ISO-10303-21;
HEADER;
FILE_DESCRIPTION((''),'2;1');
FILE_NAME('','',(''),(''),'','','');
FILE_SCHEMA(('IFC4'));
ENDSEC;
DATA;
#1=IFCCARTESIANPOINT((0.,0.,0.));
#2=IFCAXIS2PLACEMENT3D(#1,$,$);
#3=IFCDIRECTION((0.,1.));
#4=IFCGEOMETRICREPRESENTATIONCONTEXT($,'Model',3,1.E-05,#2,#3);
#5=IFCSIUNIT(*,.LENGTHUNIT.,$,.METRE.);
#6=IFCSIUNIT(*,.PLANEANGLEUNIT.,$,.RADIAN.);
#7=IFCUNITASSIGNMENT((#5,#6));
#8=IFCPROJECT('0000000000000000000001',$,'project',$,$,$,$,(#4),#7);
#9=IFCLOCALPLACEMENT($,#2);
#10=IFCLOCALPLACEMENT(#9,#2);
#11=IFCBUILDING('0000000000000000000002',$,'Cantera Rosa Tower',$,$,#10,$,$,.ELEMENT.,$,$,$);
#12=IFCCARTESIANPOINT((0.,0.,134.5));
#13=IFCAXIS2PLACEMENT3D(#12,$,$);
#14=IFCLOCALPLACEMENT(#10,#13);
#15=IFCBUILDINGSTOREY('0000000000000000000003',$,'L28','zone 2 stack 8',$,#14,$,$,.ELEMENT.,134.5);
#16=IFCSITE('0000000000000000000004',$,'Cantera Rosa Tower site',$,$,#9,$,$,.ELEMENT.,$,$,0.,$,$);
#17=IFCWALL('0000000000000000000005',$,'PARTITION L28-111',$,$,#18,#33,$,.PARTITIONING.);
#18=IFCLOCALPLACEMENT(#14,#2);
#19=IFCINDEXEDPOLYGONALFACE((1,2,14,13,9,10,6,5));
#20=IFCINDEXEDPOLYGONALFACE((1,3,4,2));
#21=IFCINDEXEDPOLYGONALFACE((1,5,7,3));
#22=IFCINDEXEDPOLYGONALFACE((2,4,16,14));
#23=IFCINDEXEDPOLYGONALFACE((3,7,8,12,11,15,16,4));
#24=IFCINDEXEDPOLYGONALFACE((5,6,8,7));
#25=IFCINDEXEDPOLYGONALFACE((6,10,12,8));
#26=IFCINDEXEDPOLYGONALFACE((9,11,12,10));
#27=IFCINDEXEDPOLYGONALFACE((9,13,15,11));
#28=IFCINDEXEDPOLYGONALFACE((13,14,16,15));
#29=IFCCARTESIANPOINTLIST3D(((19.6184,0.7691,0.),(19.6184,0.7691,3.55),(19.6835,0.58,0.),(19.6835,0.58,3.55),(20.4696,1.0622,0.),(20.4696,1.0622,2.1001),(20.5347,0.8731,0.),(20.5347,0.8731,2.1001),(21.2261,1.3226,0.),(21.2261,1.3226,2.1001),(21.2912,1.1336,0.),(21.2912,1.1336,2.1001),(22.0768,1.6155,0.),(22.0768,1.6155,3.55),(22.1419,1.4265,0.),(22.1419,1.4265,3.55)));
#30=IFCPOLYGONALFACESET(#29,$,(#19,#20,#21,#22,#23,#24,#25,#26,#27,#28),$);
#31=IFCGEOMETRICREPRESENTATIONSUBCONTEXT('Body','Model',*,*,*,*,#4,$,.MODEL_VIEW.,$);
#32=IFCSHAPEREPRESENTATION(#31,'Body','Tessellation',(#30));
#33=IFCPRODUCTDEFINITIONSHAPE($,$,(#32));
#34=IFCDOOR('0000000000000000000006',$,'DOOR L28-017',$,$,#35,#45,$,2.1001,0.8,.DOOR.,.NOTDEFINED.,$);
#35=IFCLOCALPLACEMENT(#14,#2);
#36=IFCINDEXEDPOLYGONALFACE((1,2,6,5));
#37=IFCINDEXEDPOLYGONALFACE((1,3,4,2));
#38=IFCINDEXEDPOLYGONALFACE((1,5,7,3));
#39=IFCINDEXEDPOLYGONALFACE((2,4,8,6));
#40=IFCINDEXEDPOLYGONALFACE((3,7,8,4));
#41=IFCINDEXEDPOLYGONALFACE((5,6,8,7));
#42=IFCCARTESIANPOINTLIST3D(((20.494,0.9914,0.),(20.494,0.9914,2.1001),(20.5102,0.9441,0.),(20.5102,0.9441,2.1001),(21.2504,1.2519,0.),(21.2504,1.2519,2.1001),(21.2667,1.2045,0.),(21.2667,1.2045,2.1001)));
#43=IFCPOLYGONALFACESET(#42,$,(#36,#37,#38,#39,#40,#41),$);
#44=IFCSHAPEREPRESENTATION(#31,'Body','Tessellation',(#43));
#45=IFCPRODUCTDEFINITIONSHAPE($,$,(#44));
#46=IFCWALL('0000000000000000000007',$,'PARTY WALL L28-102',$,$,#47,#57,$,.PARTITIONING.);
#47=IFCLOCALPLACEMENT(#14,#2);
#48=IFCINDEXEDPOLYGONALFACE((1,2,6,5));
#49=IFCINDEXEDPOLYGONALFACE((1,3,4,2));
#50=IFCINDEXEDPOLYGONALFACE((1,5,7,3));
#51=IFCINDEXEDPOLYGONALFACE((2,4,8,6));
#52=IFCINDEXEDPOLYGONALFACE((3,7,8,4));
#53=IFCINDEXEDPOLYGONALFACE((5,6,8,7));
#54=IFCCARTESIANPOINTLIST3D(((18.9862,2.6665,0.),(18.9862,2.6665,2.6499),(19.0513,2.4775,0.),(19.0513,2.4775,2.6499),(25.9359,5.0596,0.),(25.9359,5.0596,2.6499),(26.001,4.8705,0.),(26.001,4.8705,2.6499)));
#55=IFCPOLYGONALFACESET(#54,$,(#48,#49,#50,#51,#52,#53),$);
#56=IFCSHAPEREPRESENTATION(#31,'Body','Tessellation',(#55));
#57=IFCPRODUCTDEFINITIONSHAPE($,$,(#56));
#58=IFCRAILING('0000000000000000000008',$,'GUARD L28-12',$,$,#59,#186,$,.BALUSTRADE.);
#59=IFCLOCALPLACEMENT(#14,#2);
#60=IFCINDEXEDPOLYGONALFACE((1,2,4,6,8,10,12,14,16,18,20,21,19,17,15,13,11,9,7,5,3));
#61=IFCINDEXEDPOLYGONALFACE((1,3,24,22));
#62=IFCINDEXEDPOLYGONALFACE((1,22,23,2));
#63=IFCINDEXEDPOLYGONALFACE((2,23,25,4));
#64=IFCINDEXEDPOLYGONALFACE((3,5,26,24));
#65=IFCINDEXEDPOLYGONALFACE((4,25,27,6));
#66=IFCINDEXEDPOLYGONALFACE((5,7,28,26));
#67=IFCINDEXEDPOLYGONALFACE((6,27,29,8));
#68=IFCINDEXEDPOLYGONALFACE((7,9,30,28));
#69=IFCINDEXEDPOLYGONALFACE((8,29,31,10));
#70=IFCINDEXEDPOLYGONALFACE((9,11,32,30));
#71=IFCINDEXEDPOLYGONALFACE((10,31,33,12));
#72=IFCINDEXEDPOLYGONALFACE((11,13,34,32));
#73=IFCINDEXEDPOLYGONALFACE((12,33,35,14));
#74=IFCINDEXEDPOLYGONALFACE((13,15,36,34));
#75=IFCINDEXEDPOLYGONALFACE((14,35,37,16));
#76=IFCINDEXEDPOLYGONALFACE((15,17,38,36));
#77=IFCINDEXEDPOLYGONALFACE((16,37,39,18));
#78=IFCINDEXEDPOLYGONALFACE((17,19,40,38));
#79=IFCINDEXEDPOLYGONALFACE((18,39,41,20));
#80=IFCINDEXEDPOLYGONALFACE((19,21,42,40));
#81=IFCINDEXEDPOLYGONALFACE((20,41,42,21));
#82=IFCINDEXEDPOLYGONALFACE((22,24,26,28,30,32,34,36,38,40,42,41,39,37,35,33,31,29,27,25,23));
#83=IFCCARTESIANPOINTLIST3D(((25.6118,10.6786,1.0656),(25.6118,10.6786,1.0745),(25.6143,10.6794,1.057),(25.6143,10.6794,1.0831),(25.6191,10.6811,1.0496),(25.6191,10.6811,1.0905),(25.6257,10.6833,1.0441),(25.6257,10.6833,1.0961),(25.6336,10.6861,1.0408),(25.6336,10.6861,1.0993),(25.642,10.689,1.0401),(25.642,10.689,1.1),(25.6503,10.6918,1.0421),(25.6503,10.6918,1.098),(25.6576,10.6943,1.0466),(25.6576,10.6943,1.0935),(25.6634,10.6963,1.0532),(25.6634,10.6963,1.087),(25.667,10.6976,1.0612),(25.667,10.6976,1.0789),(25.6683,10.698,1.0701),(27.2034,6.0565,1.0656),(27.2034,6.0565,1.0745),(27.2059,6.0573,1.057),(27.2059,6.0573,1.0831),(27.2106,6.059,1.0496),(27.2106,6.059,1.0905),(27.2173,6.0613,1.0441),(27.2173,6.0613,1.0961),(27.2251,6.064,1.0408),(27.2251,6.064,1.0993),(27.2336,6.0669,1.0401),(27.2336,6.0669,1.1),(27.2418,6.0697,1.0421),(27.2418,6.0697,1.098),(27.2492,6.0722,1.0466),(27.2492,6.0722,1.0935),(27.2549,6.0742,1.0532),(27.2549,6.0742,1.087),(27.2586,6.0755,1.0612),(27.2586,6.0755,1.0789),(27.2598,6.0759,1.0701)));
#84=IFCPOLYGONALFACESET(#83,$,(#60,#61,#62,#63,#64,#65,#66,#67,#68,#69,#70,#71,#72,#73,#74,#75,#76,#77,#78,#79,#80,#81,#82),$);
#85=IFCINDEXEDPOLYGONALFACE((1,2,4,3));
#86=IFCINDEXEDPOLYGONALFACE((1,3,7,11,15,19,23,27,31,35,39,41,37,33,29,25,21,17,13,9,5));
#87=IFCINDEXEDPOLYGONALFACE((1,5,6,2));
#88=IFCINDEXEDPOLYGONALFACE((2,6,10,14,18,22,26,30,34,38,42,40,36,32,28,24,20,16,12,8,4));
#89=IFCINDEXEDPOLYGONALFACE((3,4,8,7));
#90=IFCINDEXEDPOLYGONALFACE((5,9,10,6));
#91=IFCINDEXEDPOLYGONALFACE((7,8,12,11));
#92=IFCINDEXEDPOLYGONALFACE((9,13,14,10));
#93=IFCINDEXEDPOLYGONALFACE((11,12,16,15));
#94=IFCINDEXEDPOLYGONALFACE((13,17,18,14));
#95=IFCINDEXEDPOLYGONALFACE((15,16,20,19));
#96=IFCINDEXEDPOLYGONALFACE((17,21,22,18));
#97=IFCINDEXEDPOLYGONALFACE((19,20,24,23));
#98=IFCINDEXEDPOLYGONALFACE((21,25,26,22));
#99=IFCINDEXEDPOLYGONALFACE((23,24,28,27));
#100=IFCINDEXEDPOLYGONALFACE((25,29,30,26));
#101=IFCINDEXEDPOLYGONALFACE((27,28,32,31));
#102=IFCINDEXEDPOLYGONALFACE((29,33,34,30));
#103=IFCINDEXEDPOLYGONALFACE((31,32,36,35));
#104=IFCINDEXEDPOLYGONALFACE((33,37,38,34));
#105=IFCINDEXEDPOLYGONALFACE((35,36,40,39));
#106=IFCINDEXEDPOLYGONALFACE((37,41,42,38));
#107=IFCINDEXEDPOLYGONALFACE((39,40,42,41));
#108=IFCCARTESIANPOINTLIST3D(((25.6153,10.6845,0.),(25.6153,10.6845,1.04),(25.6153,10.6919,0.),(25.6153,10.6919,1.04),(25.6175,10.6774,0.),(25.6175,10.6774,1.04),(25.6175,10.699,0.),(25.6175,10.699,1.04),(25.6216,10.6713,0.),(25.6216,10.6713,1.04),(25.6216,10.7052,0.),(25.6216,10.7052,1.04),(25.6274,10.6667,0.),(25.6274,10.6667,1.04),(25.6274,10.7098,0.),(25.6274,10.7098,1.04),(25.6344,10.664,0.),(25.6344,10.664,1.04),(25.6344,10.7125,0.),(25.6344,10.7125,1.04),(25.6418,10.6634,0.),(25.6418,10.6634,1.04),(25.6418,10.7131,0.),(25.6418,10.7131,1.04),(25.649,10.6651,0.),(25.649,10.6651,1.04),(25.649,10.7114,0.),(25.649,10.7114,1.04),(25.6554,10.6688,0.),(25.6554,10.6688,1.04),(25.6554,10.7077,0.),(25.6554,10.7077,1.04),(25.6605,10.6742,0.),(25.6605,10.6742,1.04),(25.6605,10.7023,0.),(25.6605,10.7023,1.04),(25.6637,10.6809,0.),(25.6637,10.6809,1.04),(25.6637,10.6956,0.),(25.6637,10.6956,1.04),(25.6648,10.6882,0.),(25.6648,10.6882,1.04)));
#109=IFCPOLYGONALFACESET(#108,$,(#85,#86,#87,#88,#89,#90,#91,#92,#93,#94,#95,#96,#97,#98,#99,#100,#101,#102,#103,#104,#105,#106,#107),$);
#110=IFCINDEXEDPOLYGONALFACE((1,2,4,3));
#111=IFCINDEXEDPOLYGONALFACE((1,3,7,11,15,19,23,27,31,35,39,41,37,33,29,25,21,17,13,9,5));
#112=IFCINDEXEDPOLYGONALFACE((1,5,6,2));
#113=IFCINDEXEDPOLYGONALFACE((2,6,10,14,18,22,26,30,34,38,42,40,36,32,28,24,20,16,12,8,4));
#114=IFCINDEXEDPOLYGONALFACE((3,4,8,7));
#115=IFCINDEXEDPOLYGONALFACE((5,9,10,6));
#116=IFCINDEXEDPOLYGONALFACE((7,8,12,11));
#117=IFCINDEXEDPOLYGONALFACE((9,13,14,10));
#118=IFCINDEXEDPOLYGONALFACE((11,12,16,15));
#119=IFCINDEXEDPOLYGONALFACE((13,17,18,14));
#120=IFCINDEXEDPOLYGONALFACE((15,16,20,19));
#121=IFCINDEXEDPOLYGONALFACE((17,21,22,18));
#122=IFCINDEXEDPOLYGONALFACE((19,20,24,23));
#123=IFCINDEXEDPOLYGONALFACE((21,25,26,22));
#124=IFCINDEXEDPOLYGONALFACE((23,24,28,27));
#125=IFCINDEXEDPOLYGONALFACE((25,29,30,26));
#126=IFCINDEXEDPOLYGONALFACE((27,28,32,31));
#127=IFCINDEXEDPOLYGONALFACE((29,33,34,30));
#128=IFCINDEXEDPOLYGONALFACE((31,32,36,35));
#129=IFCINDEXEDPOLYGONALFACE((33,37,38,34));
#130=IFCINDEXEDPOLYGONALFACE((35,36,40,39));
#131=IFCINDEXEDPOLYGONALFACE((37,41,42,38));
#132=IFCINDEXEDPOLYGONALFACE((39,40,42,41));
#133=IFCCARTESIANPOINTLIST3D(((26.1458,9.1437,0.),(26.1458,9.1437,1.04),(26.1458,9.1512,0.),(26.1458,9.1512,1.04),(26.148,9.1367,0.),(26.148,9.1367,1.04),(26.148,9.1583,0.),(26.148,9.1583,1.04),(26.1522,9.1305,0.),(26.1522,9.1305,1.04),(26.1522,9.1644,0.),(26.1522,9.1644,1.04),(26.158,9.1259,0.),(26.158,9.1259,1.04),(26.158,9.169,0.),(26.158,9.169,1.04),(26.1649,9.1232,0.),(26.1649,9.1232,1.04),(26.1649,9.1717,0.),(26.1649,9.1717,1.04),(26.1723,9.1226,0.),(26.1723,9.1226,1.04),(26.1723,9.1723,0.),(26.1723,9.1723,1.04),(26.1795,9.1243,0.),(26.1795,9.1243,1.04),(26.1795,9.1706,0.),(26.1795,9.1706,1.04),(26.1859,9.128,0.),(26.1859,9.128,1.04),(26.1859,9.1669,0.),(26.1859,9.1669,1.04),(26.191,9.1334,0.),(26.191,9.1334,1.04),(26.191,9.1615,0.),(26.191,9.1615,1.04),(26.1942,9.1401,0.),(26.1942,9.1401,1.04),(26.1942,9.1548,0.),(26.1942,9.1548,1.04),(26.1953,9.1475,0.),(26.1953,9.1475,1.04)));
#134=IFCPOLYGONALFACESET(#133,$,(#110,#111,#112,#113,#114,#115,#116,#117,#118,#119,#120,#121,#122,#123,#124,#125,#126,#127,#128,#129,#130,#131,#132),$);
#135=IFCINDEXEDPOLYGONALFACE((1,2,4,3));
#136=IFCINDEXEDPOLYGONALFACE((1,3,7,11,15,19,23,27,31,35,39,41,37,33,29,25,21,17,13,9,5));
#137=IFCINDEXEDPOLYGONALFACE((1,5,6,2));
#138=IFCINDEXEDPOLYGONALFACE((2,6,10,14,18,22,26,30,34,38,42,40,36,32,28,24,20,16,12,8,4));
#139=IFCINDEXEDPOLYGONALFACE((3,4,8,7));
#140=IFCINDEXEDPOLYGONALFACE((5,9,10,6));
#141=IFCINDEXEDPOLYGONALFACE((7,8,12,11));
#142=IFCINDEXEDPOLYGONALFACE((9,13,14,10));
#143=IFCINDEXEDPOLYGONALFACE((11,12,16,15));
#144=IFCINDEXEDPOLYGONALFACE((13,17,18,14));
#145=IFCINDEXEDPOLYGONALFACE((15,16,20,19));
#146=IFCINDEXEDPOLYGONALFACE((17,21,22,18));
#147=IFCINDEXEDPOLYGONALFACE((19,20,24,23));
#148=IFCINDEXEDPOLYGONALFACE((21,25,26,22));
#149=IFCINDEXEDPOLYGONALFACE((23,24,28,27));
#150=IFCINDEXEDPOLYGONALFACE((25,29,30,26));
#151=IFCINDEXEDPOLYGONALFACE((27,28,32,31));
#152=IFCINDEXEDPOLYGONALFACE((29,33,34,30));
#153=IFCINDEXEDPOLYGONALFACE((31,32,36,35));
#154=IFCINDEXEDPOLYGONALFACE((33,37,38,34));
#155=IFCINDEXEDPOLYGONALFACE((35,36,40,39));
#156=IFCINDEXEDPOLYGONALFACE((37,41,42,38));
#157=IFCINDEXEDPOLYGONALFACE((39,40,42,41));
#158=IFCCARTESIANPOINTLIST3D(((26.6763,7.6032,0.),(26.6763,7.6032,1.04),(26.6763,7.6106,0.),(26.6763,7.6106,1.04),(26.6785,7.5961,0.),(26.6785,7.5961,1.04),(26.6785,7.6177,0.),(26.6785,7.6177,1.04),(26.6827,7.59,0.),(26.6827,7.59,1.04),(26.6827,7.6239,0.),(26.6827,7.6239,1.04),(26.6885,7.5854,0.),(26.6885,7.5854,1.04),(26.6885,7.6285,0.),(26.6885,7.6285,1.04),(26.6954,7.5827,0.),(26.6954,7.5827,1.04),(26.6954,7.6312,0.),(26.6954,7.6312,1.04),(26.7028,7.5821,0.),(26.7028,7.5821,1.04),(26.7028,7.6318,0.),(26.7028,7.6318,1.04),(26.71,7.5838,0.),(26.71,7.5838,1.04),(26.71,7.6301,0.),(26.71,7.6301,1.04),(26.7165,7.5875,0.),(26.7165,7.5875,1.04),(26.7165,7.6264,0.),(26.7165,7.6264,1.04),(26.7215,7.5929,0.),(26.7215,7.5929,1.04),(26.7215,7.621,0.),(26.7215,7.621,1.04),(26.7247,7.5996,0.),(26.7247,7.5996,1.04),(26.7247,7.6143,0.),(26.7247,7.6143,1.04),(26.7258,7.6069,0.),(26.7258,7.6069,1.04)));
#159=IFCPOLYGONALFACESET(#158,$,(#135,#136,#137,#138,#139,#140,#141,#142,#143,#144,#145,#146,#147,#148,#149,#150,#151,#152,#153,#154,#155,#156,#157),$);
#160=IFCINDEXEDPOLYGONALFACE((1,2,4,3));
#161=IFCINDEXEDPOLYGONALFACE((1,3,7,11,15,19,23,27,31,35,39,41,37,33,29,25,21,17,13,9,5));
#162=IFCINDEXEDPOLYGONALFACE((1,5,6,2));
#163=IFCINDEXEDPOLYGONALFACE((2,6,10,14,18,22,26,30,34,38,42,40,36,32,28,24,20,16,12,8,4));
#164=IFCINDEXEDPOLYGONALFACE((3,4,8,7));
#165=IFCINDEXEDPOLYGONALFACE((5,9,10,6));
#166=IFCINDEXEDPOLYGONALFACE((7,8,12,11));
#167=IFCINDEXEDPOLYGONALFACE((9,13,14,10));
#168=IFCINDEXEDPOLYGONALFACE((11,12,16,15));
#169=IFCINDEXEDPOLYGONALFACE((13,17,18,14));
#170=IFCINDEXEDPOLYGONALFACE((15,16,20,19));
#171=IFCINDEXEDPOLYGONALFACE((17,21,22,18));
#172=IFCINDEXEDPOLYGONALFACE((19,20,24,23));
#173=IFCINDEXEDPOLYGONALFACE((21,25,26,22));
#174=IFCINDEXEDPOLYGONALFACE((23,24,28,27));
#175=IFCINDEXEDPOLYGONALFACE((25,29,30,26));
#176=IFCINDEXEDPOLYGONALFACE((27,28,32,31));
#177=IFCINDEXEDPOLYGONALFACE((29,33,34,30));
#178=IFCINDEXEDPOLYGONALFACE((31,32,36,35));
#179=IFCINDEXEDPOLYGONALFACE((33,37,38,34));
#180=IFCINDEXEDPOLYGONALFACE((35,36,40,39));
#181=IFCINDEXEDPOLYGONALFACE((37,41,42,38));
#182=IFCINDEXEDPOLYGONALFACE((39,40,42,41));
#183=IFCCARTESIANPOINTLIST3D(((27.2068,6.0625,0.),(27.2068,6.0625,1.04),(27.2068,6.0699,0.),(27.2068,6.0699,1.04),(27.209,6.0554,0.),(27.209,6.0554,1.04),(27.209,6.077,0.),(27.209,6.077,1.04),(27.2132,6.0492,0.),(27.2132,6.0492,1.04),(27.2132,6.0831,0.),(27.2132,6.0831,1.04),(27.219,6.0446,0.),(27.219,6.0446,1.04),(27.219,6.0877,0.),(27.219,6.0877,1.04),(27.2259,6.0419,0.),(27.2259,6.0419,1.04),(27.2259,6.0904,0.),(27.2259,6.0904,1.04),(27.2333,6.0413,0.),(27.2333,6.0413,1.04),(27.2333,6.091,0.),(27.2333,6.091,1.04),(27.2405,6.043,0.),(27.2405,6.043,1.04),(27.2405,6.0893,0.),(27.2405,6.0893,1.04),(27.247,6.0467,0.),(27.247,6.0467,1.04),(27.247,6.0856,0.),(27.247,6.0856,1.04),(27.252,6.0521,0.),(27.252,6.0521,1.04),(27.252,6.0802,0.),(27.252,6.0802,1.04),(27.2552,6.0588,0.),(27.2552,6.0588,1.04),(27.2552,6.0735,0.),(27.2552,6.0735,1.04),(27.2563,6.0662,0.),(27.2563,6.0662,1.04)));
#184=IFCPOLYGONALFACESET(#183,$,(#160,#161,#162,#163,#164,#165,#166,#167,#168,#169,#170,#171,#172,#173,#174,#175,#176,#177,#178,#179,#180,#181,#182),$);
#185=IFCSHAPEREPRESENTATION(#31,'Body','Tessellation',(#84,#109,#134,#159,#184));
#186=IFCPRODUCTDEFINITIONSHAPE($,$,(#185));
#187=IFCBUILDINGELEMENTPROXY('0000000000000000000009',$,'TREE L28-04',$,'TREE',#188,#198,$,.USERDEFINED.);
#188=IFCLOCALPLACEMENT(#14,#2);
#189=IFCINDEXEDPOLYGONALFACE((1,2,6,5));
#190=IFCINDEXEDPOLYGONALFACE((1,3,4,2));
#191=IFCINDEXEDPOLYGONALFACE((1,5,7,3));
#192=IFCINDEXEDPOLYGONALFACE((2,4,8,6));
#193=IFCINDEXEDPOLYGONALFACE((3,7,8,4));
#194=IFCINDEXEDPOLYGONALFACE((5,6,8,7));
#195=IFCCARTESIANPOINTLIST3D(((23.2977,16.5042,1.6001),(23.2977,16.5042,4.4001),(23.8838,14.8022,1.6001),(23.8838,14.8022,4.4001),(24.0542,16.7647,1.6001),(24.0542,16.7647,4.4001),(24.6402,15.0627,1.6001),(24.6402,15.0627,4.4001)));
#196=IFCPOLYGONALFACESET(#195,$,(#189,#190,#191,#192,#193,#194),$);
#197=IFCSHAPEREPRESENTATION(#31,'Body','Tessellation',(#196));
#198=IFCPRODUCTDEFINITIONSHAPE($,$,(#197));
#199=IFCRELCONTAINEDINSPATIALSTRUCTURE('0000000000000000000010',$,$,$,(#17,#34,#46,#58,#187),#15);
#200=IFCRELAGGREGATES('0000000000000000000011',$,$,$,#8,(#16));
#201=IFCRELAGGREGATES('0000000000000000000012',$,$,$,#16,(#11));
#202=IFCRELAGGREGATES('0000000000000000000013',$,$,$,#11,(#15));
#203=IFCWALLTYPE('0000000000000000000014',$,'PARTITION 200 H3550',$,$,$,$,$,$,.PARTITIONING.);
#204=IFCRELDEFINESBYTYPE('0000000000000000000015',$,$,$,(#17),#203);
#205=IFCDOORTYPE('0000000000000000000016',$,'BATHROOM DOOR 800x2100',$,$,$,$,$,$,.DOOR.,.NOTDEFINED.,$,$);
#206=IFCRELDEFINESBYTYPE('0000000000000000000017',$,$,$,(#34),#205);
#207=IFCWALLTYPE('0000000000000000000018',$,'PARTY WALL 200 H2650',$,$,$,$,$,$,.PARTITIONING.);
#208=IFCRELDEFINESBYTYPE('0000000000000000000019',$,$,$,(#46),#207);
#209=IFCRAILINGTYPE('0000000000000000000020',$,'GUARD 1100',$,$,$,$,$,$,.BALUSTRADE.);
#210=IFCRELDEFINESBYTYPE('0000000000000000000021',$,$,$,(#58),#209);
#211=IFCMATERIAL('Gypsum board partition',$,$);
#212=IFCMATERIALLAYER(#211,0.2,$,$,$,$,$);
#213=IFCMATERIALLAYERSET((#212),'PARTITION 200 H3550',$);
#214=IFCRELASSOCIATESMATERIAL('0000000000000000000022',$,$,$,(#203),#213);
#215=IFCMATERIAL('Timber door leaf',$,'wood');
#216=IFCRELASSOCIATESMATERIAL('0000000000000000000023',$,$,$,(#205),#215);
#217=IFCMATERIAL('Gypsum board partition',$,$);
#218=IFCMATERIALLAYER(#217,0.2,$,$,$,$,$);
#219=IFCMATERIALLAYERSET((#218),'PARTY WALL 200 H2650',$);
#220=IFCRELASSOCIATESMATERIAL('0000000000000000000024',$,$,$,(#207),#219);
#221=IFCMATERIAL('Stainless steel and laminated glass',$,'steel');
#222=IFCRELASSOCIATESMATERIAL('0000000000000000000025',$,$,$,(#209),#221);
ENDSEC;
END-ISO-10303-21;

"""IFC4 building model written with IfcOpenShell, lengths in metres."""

from ifc_helpers import new_model, si_unit, direction, frame, frame_2d, origin, origin_2d, place, context, subcontext, project, spatial, rectangle, circle, extrude, material, layer, layer_set, type_object, element, fill, save


model = new_model("IFC4")

# Units and contexts
model_context = context("Model", 3, precision=1e-05, world=origin(), true_north=direction((0.0, 1.0)))
body_context = subcontext(model_context, "Body", "Model", "MODEL_VIEW")
ifc_project = project(units=[si_unit("LENGTHUNIT", "METRE"), si_unit("PLANEANGLEUNIT", "RADIAN")], contexts=[model_context])

# Site, building, storey
site_placement = place(None, origin())
site = spatial("IfcSite", under=ifc_project, at=site_placement, Name="Cantera Rosa Tower site", CompositionType="ELEMENT", RefElevation=0.0)
building_placement = place(site_placement, origin())
building = spatial("IfcBuilding", under=site, at=building_placement, Name="Cantera Rosa Tower", CompositionType="ELEMENT")
storey_placement = place(building_placement, frame((0.0, 0.0, 134.5)))
storey = spatial("IfcBuildingStorey", under=building, at=storey_placement, Name="L28", Description="zone 2 stack 8", CompositionType="ELEMENT", Elevation=134.5)

# Shared definitions
ifc_material_1 = material(Name="Gypsum board partition")
ifc_layer_1 = layer(ifc_material_1, 0.2)
ifc_layer_set_1 = layer_set([ifc_layer_1], Name="PARTITION 200 H3550")
wall_type_1 = type_object("IfcWallType", Name="PARTITION 200 H3550", PredefinedType="PARTITIONING", material=ifc_layer_set_1)

# Shared definitions
ifc_material_2 = material(Name="Timber door leaf", Category="wood")
door_type_1 = type_object("IfcDoorType", Name="BATHROOM DOOR 800x2100", OperationType="NOTDEFINED", PredefinedType="DOOR", material=ifc_material_2)

# Wall, opening, door
wall_1_placement = place(storey_placement, frame((22.1094, 1.521, 0.0), z_axis=(0.0, 0.0, 1.0), x_axis=(-0.94553, -0.325536, 0.0)))
wall_1 = element("IfcWall", 1, at=wall_1_placement, inside=storey, type_object=wall_type_1, Name="PARTITION L28-111", PredefinedType="PARTITIONING", context=body_context, shape_type="SweptSolid", body=[
    extrude(rectangle(XDim=2.6001, YDim=0.2, at=frame_2d((1.3, 0.0))), origin(), (0.0, 0.0, 1.0), 3.55),
])
opening_1_placement = place(wall_1_placement, frame((0.8999, 0.0, 0.0)))
opening_1 = element("IfcOpeningElement", 2, at=opening_1_placement, cuts=wall_1, PredefinedType="OPENING", context=body_context, shape_type="SweptSolid", body=[
    extrude(rectangle(XDim=0.8, YDim=2.1001, at=frame_2d((0.3999, 1.05))), frame((0.0, 0.1099, 0.0), z_axis=(0.0, -1.0, 0.0), x_axis=(1.0, 0.0, 0.0)), (0.0, 0.0, 1.0), 0.22),
])
door_1_placement = place(opening_1_placement, origin())
door_1 = element("IfcDoor", 3, at=door_1_placement, inside=storey, type_object=door_type_1, Name="DOOR L28-017", OperationType="NOTDEFINED", OverallHeight=2.1001, OverallWidth=0.8, PredefinedType="DOOR", context=body_context, shape_type="SweptSolid", body=[
    extrude(rectangle(XDim=0.8, YDim=2.1001, at=frame_2d((0.3999, 1.05))), frame((0.0, 0.0249, 0.0), z_axis=(0.0, -1.0, 0.0), x_axis=(1.0, 0.0, 0.0)), (0.0, 0.0, 1.0), 0.05),
])
fill(opening_1, door_1)

# Wall
ifc_material_3 = material(Name="Gypsum board partition")
ifc_layer_2 = layer(ifc_material_3, 0.2)
ifc_layer_set_2 = layer_set([ifc_layer_2], Name="PARTY WALL 200 H2650")
wall_type_2 = type_object("IfcWallType", Name="PARTY WALL 200 H2650", PredefinedType="PARTITIONING", material=ifc_layer_set_2)
wall_2_placement = place(storey_placement, frame((19.0188, 2.572, 0.0), z_axis=(0.0, 0.0, 1.0), x_axis=(0.945515, 0.325579, 0.0)))
element("IfcWall", 4, at=wall_2_placement, inside=storey, type_object=wall_type_2, Name="PARTY WALL L28-102", PredefinedType="PARTITIONING", context=body_context, shape_type="SweptSolid", body=[
    extrude(rectangle(XDim=7.3501, YDim=0.2, at=frame_2d((3.675, 0.0))), origin(), (0.0, 0.0, 1.0), 2.6499),
])

# Railing
ifc_material_4 = material(Name="Stainless steel and laminated glass", Category="steel")
railing_type = type_object("IfcRailingType", Name="GUARD 1100", PredefinedType="BALUSTRADE", material=ifc_material_4)
railing_1_placement = place(storey_placement, frame((25.6399, 10.6882, 0.0)))
element("IfcRailing", 5, at=railing_1_placement, inside=storey, type_object=railing_type, Name="GUARD L28-12", PredefinedType="BALUSTRADE", context=body_context, shape_type="SweptSolid", body=[
    extrude(circle(Radius=0.03, at=origin_2d()), frame((0.0, 0.0, 1.0701), z_axis=(0.325577, -0.945516, 0.0), x_axis=(0.945516, 0.325577, 0.0)), (0.0, 0.0, 1.0), 4.8884),
    extrude(circle(Radius=0.0249, at=origin_2d()), origin(), (0.0, 0.0, 1.0), 1.04),
    extrude(circle(Radius=0.0249, at=origin_2d()), frame((0.5305, -1.5408, 0.0)), (0.0, 0.0, 1.0), 1.04),
    extrude(circle(Radius=0.0249, at=origin_2d()), frame((1.061, -3.0813, 0.0)), (0.0, 0.0, 1.0), 1.04),
    extrude(circle(Radius=0.0249, at=origin_2d()), frame((1.5916, -4.6221, 0.0)), (0.0, 0.0, 1.0), 1.04),
])

# Building element proxy
proxy_placement = place(storey_placement, frame((23.969, 15.7834, 1.6001), z_axis=(0.0, 0.0, 1.0), x_axis=(-0.325568, 0.945519, 0.0)))
element("IfcBuildingElementProxy", 6, at=proxy_placement, inside=storey, Name="TREE L28-04", ObjectType="TREE", PredefinedType="USERDEFINED", context=body_context, shape_type="SweptSolid", body=[
    extrude(rectangle(XDim=1.8, YDim=0.8, at=origin_2d()), origin(), (0.0, 0.0, 1.0), 2.8),
])

save(model, "model.ifc")
